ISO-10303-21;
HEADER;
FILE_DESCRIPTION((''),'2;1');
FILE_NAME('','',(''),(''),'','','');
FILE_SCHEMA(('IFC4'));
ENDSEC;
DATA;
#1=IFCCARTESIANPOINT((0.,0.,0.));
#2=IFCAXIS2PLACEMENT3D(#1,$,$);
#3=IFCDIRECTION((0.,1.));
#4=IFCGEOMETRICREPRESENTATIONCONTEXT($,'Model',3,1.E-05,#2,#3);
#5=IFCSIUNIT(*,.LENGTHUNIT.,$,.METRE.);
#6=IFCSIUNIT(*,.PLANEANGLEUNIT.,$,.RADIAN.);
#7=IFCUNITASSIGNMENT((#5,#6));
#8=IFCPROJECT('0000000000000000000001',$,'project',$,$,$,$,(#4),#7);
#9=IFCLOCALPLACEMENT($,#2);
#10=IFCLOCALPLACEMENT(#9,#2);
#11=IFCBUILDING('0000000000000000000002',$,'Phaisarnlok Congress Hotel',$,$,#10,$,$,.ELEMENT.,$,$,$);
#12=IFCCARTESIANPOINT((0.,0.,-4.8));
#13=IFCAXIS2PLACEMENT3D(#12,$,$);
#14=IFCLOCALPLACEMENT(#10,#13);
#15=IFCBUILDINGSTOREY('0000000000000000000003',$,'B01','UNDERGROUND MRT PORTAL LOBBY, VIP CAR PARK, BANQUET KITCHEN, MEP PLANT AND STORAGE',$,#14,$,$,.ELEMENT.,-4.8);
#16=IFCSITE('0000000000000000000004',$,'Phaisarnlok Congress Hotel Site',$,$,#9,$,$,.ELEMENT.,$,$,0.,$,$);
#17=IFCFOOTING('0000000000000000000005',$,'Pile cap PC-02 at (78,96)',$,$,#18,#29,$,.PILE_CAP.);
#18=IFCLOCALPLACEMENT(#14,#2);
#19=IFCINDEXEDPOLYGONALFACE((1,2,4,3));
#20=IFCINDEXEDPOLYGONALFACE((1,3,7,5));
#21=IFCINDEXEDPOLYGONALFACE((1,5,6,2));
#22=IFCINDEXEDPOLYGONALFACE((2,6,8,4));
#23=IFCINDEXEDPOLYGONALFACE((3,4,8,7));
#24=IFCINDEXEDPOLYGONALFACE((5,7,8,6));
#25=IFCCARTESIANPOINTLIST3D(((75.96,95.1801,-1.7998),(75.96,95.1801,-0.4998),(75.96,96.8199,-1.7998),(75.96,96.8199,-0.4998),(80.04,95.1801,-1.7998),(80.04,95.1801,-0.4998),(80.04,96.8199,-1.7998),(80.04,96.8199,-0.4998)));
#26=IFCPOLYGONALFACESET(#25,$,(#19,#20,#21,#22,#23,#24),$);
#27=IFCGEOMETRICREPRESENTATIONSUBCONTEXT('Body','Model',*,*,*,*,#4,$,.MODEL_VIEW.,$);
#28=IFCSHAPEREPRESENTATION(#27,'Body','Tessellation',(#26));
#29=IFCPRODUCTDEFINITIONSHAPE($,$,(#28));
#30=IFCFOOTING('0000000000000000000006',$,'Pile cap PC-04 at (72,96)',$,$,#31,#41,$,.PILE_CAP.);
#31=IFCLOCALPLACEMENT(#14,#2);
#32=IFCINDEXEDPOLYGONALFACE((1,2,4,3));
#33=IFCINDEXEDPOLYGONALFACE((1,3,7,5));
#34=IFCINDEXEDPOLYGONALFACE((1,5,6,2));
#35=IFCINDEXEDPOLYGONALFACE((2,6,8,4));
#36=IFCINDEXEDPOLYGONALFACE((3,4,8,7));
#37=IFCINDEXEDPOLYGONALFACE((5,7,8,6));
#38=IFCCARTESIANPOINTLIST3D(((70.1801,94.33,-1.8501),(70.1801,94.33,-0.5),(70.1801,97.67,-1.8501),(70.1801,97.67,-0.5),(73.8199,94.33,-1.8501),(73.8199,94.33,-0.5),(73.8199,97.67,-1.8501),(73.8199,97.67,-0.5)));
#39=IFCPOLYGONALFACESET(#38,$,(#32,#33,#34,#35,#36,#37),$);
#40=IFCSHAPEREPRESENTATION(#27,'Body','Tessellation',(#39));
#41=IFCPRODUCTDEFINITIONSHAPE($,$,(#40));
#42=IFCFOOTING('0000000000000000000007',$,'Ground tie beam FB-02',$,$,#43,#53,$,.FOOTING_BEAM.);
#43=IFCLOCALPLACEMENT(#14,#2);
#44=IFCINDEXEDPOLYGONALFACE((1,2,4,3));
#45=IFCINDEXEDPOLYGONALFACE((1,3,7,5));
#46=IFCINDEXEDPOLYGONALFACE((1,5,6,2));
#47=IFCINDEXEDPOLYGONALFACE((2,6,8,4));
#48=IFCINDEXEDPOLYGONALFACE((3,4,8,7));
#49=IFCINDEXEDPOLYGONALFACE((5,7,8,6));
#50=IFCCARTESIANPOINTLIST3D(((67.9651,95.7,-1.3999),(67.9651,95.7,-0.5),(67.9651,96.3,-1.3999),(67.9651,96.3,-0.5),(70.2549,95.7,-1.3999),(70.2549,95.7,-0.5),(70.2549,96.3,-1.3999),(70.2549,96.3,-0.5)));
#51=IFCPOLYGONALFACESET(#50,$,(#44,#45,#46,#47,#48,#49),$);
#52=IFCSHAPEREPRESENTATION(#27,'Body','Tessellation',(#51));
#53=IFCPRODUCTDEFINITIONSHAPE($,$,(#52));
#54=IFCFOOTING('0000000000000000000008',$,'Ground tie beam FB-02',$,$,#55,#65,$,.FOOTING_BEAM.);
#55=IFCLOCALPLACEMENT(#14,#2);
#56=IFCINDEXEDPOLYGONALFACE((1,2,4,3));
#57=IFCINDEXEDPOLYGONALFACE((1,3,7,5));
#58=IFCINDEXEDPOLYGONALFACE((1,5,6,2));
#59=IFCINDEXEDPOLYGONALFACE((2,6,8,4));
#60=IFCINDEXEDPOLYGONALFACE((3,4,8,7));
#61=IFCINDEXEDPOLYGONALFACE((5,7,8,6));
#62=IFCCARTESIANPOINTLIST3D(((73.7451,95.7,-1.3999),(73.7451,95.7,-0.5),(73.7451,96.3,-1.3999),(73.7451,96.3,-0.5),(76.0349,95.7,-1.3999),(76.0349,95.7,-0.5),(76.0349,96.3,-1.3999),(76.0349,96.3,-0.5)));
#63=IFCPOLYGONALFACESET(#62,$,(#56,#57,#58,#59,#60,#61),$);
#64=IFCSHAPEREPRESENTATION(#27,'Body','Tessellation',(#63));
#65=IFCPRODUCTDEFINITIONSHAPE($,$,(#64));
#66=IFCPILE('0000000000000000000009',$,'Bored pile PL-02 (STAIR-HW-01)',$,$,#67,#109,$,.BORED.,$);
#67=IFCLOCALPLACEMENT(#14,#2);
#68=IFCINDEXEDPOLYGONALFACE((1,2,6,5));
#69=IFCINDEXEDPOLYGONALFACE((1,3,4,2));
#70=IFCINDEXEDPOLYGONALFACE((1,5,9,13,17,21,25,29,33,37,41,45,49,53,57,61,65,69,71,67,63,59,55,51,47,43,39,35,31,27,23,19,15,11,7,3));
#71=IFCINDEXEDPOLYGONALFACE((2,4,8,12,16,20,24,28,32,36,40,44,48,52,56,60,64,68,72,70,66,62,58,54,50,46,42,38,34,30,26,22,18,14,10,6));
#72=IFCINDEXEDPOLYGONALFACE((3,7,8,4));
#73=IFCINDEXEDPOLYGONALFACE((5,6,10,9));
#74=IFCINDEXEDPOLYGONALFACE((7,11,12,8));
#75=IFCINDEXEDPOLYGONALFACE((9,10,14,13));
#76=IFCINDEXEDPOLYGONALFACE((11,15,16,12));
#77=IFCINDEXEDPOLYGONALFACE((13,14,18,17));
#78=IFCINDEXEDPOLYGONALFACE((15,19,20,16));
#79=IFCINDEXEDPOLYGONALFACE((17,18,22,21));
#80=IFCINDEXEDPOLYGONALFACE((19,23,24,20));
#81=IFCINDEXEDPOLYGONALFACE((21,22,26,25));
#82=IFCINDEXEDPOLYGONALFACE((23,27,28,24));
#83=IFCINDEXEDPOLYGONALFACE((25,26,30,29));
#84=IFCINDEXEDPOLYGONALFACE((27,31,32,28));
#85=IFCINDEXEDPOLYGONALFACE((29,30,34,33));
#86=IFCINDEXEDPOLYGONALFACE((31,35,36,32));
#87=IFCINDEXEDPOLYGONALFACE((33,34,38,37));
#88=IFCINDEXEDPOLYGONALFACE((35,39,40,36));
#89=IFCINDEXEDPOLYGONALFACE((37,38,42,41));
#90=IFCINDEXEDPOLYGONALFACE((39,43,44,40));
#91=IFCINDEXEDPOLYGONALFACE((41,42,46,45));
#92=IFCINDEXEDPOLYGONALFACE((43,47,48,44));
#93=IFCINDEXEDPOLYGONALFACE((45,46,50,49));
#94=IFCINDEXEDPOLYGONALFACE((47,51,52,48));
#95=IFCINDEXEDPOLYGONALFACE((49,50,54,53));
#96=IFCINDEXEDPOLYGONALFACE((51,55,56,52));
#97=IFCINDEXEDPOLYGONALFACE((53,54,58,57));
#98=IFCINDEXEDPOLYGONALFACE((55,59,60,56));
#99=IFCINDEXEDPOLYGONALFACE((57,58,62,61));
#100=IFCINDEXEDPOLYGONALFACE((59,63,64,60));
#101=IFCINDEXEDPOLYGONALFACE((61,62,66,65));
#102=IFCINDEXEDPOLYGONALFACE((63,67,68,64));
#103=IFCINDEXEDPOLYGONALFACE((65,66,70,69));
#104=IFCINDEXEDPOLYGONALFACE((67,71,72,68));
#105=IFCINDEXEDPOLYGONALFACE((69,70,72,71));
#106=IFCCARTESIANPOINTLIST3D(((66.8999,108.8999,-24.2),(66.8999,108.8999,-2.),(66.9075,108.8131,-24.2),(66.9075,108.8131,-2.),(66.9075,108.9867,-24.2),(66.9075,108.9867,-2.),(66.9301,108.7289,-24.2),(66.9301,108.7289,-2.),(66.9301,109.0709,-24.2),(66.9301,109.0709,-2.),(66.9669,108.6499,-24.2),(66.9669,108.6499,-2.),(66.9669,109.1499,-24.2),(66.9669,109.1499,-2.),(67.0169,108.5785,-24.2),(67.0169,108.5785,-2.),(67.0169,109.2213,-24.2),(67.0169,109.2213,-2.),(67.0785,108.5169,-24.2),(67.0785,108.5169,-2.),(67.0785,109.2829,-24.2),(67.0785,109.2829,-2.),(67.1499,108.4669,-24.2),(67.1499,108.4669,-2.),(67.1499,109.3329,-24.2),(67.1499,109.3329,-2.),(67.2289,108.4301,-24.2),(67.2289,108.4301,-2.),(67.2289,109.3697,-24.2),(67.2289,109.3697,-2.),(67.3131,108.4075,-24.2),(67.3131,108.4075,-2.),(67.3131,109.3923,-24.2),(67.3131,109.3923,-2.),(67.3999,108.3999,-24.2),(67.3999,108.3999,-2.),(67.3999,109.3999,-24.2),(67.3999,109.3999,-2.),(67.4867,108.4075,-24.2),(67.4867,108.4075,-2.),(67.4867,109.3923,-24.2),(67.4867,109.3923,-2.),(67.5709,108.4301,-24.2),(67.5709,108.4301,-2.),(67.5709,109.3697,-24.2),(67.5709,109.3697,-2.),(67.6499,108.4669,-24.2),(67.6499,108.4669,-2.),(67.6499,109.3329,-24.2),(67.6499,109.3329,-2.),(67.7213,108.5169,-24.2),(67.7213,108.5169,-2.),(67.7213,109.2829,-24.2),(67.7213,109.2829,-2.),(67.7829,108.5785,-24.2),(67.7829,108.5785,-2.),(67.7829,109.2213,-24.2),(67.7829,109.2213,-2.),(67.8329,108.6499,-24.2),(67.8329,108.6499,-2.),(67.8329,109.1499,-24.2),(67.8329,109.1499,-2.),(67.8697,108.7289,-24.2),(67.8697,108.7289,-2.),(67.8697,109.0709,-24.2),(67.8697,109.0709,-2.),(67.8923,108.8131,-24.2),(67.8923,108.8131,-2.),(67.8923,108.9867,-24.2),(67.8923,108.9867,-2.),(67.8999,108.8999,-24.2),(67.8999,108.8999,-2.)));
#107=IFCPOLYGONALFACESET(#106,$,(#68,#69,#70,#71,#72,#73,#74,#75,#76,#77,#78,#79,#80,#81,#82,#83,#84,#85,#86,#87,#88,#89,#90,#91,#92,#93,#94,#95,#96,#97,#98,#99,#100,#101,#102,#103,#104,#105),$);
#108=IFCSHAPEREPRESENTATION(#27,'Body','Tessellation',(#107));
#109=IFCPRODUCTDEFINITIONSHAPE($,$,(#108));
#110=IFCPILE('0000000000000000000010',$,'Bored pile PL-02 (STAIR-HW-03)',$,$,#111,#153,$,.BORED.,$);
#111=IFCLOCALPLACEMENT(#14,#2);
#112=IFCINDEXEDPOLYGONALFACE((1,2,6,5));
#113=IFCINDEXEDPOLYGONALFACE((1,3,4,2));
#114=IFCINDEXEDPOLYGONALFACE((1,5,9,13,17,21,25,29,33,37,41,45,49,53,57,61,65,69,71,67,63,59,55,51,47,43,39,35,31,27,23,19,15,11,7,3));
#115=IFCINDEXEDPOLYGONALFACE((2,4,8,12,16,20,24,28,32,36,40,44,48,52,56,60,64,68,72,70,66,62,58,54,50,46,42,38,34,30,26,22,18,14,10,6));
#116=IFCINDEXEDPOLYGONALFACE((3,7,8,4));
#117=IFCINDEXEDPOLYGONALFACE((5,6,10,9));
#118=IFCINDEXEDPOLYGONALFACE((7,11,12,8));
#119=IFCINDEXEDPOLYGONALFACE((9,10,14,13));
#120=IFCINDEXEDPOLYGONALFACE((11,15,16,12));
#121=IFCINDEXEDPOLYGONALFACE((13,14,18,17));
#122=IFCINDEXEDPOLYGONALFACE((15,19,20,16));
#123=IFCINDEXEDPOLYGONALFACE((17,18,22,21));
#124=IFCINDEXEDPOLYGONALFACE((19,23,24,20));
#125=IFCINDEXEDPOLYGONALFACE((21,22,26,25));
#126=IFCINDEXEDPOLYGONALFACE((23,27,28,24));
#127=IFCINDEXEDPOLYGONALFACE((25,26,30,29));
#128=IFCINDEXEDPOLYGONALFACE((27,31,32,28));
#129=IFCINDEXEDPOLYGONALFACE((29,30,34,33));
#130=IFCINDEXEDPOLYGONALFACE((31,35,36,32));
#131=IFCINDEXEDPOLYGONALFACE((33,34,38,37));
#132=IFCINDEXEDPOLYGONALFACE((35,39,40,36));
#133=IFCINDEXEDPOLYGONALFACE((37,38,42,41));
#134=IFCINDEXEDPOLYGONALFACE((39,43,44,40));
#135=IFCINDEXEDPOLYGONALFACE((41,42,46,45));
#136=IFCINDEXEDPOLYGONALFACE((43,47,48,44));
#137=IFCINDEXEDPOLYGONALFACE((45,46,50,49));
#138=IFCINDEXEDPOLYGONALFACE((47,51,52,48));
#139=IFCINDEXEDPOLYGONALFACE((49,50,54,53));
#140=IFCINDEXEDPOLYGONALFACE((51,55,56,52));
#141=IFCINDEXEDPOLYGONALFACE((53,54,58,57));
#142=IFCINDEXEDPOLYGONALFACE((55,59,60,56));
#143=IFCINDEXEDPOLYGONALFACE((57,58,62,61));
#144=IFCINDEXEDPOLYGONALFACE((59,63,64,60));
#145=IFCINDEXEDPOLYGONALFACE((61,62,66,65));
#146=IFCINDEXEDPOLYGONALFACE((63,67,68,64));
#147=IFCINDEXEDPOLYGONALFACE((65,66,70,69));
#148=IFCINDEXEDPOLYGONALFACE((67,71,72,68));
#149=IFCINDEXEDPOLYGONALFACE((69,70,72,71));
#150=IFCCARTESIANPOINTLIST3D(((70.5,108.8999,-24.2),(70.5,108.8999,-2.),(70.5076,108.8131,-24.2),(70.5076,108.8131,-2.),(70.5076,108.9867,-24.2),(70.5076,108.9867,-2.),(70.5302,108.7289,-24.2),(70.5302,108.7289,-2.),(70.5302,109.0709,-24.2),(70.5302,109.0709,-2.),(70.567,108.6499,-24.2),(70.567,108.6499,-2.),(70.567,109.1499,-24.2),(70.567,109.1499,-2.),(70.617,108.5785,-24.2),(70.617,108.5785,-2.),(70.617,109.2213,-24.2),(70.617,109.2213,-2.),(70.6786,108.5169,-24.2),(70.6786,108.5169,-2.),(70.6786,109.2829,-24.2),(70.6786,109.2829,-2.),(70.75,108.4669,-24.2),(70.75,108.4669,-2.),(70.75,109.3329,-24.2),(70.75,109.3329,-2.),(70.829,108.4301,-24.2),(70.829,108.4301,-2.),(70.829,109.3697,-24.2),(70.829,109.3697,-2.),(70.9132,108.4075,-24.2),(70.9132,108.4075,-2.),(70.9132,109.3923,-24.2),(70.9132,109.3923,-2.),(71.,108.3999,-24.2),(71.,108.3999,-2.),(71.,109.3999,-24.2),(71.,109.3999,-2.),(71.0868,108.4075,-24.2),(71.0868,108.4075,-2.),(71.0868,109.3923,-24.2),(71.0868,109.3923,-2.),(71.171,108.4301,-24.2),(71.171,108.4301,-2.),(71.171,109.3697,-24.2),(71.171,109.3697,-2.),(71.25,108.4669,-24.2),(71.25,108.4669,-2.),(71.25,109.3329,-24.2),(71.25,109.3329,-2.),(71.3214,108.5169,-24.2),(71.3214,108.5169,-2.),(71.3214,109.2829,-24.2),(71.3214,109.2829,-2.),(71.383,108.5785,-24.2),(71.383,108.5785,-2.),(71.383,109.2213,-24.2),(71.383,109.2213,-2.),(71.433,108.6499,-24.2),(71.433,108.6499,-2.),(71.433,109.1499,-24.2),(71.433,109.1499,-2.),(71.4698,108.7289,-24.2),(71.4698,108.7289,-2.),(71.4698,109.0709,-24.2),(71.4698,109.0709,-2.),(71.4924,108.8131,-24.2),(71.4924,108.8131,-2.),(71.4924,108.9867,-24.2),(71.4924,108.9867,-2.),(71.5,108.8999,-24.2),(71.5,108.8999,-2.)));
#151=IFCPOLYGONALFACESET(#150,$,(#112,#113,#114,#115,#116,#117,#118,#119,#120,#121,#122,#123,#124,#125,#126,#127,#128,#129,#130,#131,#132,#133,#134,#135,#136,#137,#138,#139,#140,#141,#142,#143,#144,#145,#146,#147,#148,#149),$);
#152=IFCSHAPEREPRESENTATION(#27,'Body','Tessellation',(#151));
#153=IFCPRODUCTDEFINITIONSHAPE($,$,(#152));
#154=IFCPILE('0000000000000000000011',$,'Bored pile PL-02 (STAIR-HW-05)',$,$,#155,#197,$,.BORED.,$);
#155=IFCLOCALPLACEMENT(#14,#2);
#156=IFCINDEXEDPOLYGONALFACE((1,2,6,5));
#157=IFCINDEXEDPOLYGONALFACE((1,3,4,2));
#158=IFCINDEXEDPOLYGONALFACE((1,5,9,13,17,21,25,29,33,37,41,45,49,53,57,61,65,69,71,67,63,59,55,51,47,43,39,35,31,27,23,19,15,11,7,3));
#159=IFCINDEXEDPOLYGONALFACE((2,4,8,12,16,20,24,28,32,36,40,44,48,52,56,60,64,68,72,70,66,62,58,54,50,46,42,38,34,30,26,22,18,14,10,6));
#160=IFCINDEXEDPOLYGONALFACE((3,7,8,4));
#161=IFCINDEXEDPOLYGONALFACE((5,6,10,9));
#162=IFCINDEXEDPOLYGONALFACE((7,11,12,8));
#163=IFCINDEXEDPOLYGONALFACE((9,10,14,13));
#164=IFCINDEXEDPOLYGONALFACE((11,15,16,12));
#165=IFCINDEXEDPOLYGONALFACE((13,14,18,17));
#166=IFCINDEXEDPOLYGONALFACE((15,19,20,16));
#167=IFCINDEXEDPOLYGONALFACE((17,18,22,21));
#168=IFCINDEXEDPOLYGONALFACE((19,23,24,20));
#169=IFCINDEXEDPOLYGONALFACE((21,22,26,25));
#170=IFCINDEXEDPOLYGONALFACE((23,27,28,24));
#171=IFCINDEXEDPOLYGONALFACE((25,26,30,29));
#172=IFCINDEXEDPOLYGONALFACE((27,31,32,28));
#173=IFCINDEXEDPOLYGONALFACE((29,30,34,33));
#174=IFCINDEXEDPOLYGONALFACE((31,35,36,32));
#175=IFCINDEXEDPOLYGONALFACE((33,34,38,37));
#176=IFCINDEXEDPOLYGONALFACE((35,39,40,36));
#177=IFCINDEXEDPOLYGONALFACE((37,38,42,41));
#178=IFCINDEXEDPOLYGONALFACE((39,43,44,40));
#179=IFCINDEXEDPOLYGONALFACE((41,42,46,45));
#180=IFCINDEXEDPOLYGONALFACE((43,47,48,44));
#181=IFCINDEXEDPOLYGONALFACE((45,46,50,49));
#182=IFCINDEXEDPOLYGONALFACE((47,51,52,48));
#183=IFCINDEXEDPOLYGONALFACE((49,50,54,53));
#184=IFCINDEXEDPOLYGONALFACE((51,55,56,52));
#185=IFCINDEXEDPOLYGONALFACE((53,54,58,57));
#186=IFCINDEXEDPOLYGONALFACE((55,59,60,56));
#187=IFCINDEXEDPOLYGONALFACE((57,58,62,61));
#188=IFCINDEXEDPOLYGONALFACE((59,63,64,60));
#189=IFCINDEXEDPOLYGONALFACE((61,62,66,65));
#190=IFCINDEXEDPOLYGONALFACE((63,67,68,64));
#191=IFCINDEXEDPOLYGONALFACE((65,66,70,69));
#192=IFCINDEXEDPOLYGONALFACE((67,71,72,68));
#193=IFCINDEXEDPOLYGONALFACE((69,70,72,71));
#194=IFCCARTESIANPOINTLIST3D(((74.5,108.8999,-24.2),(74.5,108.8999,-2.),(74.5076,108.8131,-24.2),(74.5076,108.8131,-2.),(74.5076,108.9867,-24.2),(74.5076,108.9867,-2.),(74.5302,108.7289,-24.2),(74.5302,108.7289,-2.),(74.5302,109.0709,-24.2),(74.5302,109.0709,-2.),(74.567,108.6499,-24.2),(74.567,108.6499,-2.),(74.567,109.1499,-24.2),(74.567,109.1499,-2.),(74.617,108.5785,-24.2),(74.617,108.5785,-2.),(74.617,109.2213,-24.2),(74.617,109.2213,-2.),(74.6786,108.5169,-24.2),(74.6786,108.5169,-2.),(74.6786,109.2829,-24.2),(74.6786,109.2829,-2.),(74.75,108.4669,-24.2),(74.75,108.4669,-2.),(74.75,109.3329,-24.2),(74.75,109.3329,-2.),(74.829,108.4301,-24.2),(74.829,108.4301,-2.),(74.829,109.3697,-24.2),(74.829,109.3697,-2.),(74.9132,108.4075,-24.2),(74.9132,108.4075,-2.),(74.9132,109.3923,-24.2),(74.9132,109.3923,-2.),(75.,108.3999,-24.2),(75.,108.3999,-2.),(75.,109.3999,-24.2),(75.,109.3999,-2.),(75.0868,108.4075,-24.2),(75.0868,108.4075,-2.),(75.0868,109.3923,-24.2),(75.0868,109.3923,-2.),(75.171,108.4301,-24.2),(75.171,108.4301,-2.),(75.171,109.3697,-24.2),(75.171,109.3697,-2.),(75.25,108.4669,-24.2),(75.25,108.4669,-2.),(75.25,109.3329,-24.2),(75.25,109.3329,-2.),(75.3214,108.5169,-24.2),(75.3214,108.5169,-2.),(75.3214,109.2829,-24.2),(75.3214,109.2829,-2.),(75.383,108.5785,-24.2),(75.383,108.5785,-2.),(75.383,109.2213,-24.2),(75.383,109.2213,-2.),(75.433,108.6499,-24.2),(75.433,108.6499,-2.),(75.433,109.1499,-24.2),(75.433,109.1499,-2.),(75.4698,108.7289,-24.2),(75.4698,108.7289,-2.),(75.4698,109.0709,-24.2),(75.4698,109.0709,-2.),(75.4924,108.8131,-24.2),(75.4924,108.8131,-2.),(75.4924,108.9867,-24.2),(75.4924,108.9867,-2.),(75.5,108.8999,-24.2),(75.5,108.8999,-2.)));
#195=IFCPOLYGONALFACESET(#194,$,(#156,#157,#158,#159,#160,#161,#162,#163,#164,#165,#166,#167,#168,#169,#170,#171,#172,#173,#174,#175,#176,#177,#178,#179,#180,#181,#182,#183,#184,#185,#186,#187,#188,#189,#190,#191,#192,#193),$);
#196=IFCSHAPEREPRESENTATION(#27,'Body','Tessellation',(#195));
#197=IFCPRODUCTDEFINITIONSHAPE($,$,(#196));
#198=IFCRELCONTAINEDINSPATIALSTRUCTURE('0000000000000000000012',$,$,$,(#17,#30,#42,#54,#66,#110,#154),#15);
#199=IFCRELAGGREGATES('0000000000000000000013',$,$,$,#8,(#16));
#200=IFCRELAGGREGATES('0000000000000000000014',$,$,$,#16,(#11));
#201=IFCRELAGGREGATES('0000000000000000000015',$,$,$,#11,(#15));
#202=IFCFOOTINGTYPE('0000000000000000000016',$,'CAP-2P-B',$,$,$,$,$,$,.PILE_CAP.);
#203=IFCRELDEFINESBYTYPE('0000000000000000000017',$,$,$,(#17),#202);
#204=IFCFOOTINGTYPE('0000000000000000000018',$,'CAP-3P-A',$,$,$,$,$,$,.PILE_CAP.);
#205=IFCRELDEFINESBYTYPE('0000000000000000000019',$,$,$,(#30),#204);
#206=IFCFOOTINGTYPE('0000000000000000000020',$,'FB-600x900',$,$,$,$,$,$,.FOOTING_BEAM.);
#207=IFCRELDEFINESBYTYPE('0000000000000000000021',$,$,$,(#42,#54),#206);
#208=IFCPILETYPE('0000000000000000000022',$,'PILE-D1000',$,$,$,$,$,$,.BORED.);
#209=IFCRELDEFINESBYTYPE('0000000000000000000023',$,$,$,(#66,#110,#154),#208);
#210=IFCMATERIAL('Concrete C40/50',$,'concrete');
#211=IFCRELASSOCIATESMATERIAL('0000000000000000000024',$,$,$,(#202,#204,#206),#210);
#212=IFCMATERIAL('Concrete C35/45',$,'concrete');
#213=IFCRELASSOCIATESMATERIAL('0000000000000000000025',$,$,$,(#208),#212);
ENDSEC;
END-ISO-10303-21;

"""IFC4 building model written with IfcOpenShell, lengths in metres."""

from ifc_helpers import new_model, si_unit, direction, frame, origin, origin_2d, place, context, subcontext, project, spatial, rectangle, circle, extrude, material, material_profile, profile_set, type_object, element, save


model = new_model("IFC4")

# Units and contexts
model_context = context("Model", 3, precision=1e-05, world=origin(), true_north=direction((0.0, 1.0)))
body_context = subcontext(model_context, "Body", "Model", "MODEL_VIEW")
ifc_project = project(units=[si_unit("LENGTHUNIT", "METRE"), si_unit("PLANEANGLEUNIT", "RADIAN")], contexts=[model_context])

# Site, building, storey
site_placement = place(None, origin())
site = spatial("IfcSite", under=ifc_project, at=site_placement, Name="Phaisarnlok Congress Hotel Site", CompositionType="ELEMENT", RefElevation=0.0)
building_placement = place(site_placement, origin())
building = spatial("IfcBuilding", under=site, at=building_placement, Name="Phaisarnlok Congress Hotel", CompositionType="ELEMENT")
storey_placement = place(building_placement, frame((0.0, 0.0, -4.8)))
storey = spatial("IfcBuildingStorey", under=building, at=storey_placement, Name="B01", Description="UNDERGROUND MRT PORTAL LOBBY, VIP CAR PARK, BANQUET KITCHEN, MEP PLANT AND STORAGE", CompositionType="ELEMENT", Elevation=-4.8)

# Footings
ifc_material_1 = material(Name="Concrete C40/50", Category="concrete")
footing_type_1 = type_object("IfcFootingType", Name="CAP-2P-B", PredefinedType="PILE_CAP", material=ifc_material_1)
footing_1_placement = place(storey_placement, frame((78.0, 96.0, -1.7998), z_axis=(0.0, 0.0, 1.0), x_axis=(1.0, 0.0, 0.0)))
element("IfcFooting", 1, at=footing_1_placement, inside=storey, type_object=footing_type_1, Name="Pile cap PC-02 at (78,96)", PredefinedType="PILE_CAP", context=body_context, shape_type="SweptSolid", body=[
    extrude(rectangle(XDim=4.0801, YDim=1.6399, at=origin_2d()), origin(), (0.0, 0.0, 1.0), 1.3),
])
footing_type_2 = type_object("IfcFootingType", Name="CAP-3P-A", PredefinedType="PILE_CAP", material=ifc_material_1)
footing_2_placement = place(storey_placement, frame((72.0, 96.0, -1.8501), z_axis=(0.0, 0.0, 1.0), x_axis=(1.0, 0.0, 0.0)))
element("IfcFooting", 2, at=footing_2_placement, inside=storey, type_object=footing_type_2, Name="Pile cap PC-04 at (72,96)", PredefinedType="PILE_CAP", context=body_context, shape_type="SweptSolid", body=[
    extrude(rectangle(XDim=3.6399, YDim=3.3401, at=origin_2d()), origin(), (0.0, 0.0, 1.0), 1.3501),
])
ifc_material_profile_1 = material_profile(ifc_material_1, rectangle(XDim=0.6001, YDim=0.8999, at=origin_2d()), Name="FB-600x900")
ifc_profile_set_1 = profile_set([ifc_material_profile_1], Name="Concrete C40/50")
footing_type_3 = type_object("IfcFootingType", Name="FB-600x900", PredefinedType="FOOTING_BEAM", material=ifc_profile_set_1)
for number, where, z_axis, x_axis, name in (
    (3, (67.9651, 96.0, -0.95), (1.0, 0.0, 0.0), (0.0, 1.0, 0.0), "Ground tie beam FB-02"),
    (4, (73.7451, 96.0, -0.95), (1.0, 0.0, 0.0), (0.0, 1.0, 0.0), "Ground tie beam FB-02"),
):
    element("IfcFooting", number, at=place(storey_placement, frame(where, z_axis=z_axis, x_axis=x_axis)), inside=storey, type_object=footing_type_3, Name=name, PredefinedType="FOOTING_BEAM", context=body_context, shape_type="SweptSolid", body=[
        extrude(rectangle(XDim=0.6001, YDim=0.8999, at=origin_2d()), origin(), (0.0, 0.0, 1.0), 2.2898),
    ])

# Piles
ifc_material_2 = material(Name="Concrete C35/45", Category="concrete")
ifc_material_profile_2 = material_profile(ifc_material_2, circle(Radius=0.5, at=origin_2d()), Name="BORED PILE D1000")
ifc_profile_set_2 = profile_set([ifc_material_profile_2], Name="Concrete C35/45")
pile_type_1 = type_object("IfcPileType", Name="PILE-D1000", PredefinedType="BORED", material=ifc_profile_set_2)
for number, where, z_axis, x_axis, name in (
    (5, (67.3999, 108.8999, -2.0), (0.0, 0.0, -1.0), (1.0, 0.0, 0.0), "Bored pile PL-02 (STAIR-HW-01)"),
    (6, (71.0, 108.8999, -2.0), (0.0, 0.0, -1.0), (1.0, 0.0, 0.0), "Bored pile PL-02 (STAIR-HW-03)"),
    (7, (75.0, 108.8999, -2.0), (0.0, 0.0, -1.0), (1.0, 0.0, 0.0), "Bored pile PL-02 (STAIR-HW-05)"),
):
    element("IfcPile", number, at=place(storey_placement, frame(where, z_axis=z_axis, x_axis=x_axis)), inside=storey, type_object=pile_type_1, Name=name, PredefinedType="BORED", context=body_context, shape_type="SweptSolid", body=[
        extrude(circle(Radius=0.5, at=origin_2d()), origin(), (0.0, 0.0, 1.0), 22.2),
    ])

save(model, "model.ifc")
